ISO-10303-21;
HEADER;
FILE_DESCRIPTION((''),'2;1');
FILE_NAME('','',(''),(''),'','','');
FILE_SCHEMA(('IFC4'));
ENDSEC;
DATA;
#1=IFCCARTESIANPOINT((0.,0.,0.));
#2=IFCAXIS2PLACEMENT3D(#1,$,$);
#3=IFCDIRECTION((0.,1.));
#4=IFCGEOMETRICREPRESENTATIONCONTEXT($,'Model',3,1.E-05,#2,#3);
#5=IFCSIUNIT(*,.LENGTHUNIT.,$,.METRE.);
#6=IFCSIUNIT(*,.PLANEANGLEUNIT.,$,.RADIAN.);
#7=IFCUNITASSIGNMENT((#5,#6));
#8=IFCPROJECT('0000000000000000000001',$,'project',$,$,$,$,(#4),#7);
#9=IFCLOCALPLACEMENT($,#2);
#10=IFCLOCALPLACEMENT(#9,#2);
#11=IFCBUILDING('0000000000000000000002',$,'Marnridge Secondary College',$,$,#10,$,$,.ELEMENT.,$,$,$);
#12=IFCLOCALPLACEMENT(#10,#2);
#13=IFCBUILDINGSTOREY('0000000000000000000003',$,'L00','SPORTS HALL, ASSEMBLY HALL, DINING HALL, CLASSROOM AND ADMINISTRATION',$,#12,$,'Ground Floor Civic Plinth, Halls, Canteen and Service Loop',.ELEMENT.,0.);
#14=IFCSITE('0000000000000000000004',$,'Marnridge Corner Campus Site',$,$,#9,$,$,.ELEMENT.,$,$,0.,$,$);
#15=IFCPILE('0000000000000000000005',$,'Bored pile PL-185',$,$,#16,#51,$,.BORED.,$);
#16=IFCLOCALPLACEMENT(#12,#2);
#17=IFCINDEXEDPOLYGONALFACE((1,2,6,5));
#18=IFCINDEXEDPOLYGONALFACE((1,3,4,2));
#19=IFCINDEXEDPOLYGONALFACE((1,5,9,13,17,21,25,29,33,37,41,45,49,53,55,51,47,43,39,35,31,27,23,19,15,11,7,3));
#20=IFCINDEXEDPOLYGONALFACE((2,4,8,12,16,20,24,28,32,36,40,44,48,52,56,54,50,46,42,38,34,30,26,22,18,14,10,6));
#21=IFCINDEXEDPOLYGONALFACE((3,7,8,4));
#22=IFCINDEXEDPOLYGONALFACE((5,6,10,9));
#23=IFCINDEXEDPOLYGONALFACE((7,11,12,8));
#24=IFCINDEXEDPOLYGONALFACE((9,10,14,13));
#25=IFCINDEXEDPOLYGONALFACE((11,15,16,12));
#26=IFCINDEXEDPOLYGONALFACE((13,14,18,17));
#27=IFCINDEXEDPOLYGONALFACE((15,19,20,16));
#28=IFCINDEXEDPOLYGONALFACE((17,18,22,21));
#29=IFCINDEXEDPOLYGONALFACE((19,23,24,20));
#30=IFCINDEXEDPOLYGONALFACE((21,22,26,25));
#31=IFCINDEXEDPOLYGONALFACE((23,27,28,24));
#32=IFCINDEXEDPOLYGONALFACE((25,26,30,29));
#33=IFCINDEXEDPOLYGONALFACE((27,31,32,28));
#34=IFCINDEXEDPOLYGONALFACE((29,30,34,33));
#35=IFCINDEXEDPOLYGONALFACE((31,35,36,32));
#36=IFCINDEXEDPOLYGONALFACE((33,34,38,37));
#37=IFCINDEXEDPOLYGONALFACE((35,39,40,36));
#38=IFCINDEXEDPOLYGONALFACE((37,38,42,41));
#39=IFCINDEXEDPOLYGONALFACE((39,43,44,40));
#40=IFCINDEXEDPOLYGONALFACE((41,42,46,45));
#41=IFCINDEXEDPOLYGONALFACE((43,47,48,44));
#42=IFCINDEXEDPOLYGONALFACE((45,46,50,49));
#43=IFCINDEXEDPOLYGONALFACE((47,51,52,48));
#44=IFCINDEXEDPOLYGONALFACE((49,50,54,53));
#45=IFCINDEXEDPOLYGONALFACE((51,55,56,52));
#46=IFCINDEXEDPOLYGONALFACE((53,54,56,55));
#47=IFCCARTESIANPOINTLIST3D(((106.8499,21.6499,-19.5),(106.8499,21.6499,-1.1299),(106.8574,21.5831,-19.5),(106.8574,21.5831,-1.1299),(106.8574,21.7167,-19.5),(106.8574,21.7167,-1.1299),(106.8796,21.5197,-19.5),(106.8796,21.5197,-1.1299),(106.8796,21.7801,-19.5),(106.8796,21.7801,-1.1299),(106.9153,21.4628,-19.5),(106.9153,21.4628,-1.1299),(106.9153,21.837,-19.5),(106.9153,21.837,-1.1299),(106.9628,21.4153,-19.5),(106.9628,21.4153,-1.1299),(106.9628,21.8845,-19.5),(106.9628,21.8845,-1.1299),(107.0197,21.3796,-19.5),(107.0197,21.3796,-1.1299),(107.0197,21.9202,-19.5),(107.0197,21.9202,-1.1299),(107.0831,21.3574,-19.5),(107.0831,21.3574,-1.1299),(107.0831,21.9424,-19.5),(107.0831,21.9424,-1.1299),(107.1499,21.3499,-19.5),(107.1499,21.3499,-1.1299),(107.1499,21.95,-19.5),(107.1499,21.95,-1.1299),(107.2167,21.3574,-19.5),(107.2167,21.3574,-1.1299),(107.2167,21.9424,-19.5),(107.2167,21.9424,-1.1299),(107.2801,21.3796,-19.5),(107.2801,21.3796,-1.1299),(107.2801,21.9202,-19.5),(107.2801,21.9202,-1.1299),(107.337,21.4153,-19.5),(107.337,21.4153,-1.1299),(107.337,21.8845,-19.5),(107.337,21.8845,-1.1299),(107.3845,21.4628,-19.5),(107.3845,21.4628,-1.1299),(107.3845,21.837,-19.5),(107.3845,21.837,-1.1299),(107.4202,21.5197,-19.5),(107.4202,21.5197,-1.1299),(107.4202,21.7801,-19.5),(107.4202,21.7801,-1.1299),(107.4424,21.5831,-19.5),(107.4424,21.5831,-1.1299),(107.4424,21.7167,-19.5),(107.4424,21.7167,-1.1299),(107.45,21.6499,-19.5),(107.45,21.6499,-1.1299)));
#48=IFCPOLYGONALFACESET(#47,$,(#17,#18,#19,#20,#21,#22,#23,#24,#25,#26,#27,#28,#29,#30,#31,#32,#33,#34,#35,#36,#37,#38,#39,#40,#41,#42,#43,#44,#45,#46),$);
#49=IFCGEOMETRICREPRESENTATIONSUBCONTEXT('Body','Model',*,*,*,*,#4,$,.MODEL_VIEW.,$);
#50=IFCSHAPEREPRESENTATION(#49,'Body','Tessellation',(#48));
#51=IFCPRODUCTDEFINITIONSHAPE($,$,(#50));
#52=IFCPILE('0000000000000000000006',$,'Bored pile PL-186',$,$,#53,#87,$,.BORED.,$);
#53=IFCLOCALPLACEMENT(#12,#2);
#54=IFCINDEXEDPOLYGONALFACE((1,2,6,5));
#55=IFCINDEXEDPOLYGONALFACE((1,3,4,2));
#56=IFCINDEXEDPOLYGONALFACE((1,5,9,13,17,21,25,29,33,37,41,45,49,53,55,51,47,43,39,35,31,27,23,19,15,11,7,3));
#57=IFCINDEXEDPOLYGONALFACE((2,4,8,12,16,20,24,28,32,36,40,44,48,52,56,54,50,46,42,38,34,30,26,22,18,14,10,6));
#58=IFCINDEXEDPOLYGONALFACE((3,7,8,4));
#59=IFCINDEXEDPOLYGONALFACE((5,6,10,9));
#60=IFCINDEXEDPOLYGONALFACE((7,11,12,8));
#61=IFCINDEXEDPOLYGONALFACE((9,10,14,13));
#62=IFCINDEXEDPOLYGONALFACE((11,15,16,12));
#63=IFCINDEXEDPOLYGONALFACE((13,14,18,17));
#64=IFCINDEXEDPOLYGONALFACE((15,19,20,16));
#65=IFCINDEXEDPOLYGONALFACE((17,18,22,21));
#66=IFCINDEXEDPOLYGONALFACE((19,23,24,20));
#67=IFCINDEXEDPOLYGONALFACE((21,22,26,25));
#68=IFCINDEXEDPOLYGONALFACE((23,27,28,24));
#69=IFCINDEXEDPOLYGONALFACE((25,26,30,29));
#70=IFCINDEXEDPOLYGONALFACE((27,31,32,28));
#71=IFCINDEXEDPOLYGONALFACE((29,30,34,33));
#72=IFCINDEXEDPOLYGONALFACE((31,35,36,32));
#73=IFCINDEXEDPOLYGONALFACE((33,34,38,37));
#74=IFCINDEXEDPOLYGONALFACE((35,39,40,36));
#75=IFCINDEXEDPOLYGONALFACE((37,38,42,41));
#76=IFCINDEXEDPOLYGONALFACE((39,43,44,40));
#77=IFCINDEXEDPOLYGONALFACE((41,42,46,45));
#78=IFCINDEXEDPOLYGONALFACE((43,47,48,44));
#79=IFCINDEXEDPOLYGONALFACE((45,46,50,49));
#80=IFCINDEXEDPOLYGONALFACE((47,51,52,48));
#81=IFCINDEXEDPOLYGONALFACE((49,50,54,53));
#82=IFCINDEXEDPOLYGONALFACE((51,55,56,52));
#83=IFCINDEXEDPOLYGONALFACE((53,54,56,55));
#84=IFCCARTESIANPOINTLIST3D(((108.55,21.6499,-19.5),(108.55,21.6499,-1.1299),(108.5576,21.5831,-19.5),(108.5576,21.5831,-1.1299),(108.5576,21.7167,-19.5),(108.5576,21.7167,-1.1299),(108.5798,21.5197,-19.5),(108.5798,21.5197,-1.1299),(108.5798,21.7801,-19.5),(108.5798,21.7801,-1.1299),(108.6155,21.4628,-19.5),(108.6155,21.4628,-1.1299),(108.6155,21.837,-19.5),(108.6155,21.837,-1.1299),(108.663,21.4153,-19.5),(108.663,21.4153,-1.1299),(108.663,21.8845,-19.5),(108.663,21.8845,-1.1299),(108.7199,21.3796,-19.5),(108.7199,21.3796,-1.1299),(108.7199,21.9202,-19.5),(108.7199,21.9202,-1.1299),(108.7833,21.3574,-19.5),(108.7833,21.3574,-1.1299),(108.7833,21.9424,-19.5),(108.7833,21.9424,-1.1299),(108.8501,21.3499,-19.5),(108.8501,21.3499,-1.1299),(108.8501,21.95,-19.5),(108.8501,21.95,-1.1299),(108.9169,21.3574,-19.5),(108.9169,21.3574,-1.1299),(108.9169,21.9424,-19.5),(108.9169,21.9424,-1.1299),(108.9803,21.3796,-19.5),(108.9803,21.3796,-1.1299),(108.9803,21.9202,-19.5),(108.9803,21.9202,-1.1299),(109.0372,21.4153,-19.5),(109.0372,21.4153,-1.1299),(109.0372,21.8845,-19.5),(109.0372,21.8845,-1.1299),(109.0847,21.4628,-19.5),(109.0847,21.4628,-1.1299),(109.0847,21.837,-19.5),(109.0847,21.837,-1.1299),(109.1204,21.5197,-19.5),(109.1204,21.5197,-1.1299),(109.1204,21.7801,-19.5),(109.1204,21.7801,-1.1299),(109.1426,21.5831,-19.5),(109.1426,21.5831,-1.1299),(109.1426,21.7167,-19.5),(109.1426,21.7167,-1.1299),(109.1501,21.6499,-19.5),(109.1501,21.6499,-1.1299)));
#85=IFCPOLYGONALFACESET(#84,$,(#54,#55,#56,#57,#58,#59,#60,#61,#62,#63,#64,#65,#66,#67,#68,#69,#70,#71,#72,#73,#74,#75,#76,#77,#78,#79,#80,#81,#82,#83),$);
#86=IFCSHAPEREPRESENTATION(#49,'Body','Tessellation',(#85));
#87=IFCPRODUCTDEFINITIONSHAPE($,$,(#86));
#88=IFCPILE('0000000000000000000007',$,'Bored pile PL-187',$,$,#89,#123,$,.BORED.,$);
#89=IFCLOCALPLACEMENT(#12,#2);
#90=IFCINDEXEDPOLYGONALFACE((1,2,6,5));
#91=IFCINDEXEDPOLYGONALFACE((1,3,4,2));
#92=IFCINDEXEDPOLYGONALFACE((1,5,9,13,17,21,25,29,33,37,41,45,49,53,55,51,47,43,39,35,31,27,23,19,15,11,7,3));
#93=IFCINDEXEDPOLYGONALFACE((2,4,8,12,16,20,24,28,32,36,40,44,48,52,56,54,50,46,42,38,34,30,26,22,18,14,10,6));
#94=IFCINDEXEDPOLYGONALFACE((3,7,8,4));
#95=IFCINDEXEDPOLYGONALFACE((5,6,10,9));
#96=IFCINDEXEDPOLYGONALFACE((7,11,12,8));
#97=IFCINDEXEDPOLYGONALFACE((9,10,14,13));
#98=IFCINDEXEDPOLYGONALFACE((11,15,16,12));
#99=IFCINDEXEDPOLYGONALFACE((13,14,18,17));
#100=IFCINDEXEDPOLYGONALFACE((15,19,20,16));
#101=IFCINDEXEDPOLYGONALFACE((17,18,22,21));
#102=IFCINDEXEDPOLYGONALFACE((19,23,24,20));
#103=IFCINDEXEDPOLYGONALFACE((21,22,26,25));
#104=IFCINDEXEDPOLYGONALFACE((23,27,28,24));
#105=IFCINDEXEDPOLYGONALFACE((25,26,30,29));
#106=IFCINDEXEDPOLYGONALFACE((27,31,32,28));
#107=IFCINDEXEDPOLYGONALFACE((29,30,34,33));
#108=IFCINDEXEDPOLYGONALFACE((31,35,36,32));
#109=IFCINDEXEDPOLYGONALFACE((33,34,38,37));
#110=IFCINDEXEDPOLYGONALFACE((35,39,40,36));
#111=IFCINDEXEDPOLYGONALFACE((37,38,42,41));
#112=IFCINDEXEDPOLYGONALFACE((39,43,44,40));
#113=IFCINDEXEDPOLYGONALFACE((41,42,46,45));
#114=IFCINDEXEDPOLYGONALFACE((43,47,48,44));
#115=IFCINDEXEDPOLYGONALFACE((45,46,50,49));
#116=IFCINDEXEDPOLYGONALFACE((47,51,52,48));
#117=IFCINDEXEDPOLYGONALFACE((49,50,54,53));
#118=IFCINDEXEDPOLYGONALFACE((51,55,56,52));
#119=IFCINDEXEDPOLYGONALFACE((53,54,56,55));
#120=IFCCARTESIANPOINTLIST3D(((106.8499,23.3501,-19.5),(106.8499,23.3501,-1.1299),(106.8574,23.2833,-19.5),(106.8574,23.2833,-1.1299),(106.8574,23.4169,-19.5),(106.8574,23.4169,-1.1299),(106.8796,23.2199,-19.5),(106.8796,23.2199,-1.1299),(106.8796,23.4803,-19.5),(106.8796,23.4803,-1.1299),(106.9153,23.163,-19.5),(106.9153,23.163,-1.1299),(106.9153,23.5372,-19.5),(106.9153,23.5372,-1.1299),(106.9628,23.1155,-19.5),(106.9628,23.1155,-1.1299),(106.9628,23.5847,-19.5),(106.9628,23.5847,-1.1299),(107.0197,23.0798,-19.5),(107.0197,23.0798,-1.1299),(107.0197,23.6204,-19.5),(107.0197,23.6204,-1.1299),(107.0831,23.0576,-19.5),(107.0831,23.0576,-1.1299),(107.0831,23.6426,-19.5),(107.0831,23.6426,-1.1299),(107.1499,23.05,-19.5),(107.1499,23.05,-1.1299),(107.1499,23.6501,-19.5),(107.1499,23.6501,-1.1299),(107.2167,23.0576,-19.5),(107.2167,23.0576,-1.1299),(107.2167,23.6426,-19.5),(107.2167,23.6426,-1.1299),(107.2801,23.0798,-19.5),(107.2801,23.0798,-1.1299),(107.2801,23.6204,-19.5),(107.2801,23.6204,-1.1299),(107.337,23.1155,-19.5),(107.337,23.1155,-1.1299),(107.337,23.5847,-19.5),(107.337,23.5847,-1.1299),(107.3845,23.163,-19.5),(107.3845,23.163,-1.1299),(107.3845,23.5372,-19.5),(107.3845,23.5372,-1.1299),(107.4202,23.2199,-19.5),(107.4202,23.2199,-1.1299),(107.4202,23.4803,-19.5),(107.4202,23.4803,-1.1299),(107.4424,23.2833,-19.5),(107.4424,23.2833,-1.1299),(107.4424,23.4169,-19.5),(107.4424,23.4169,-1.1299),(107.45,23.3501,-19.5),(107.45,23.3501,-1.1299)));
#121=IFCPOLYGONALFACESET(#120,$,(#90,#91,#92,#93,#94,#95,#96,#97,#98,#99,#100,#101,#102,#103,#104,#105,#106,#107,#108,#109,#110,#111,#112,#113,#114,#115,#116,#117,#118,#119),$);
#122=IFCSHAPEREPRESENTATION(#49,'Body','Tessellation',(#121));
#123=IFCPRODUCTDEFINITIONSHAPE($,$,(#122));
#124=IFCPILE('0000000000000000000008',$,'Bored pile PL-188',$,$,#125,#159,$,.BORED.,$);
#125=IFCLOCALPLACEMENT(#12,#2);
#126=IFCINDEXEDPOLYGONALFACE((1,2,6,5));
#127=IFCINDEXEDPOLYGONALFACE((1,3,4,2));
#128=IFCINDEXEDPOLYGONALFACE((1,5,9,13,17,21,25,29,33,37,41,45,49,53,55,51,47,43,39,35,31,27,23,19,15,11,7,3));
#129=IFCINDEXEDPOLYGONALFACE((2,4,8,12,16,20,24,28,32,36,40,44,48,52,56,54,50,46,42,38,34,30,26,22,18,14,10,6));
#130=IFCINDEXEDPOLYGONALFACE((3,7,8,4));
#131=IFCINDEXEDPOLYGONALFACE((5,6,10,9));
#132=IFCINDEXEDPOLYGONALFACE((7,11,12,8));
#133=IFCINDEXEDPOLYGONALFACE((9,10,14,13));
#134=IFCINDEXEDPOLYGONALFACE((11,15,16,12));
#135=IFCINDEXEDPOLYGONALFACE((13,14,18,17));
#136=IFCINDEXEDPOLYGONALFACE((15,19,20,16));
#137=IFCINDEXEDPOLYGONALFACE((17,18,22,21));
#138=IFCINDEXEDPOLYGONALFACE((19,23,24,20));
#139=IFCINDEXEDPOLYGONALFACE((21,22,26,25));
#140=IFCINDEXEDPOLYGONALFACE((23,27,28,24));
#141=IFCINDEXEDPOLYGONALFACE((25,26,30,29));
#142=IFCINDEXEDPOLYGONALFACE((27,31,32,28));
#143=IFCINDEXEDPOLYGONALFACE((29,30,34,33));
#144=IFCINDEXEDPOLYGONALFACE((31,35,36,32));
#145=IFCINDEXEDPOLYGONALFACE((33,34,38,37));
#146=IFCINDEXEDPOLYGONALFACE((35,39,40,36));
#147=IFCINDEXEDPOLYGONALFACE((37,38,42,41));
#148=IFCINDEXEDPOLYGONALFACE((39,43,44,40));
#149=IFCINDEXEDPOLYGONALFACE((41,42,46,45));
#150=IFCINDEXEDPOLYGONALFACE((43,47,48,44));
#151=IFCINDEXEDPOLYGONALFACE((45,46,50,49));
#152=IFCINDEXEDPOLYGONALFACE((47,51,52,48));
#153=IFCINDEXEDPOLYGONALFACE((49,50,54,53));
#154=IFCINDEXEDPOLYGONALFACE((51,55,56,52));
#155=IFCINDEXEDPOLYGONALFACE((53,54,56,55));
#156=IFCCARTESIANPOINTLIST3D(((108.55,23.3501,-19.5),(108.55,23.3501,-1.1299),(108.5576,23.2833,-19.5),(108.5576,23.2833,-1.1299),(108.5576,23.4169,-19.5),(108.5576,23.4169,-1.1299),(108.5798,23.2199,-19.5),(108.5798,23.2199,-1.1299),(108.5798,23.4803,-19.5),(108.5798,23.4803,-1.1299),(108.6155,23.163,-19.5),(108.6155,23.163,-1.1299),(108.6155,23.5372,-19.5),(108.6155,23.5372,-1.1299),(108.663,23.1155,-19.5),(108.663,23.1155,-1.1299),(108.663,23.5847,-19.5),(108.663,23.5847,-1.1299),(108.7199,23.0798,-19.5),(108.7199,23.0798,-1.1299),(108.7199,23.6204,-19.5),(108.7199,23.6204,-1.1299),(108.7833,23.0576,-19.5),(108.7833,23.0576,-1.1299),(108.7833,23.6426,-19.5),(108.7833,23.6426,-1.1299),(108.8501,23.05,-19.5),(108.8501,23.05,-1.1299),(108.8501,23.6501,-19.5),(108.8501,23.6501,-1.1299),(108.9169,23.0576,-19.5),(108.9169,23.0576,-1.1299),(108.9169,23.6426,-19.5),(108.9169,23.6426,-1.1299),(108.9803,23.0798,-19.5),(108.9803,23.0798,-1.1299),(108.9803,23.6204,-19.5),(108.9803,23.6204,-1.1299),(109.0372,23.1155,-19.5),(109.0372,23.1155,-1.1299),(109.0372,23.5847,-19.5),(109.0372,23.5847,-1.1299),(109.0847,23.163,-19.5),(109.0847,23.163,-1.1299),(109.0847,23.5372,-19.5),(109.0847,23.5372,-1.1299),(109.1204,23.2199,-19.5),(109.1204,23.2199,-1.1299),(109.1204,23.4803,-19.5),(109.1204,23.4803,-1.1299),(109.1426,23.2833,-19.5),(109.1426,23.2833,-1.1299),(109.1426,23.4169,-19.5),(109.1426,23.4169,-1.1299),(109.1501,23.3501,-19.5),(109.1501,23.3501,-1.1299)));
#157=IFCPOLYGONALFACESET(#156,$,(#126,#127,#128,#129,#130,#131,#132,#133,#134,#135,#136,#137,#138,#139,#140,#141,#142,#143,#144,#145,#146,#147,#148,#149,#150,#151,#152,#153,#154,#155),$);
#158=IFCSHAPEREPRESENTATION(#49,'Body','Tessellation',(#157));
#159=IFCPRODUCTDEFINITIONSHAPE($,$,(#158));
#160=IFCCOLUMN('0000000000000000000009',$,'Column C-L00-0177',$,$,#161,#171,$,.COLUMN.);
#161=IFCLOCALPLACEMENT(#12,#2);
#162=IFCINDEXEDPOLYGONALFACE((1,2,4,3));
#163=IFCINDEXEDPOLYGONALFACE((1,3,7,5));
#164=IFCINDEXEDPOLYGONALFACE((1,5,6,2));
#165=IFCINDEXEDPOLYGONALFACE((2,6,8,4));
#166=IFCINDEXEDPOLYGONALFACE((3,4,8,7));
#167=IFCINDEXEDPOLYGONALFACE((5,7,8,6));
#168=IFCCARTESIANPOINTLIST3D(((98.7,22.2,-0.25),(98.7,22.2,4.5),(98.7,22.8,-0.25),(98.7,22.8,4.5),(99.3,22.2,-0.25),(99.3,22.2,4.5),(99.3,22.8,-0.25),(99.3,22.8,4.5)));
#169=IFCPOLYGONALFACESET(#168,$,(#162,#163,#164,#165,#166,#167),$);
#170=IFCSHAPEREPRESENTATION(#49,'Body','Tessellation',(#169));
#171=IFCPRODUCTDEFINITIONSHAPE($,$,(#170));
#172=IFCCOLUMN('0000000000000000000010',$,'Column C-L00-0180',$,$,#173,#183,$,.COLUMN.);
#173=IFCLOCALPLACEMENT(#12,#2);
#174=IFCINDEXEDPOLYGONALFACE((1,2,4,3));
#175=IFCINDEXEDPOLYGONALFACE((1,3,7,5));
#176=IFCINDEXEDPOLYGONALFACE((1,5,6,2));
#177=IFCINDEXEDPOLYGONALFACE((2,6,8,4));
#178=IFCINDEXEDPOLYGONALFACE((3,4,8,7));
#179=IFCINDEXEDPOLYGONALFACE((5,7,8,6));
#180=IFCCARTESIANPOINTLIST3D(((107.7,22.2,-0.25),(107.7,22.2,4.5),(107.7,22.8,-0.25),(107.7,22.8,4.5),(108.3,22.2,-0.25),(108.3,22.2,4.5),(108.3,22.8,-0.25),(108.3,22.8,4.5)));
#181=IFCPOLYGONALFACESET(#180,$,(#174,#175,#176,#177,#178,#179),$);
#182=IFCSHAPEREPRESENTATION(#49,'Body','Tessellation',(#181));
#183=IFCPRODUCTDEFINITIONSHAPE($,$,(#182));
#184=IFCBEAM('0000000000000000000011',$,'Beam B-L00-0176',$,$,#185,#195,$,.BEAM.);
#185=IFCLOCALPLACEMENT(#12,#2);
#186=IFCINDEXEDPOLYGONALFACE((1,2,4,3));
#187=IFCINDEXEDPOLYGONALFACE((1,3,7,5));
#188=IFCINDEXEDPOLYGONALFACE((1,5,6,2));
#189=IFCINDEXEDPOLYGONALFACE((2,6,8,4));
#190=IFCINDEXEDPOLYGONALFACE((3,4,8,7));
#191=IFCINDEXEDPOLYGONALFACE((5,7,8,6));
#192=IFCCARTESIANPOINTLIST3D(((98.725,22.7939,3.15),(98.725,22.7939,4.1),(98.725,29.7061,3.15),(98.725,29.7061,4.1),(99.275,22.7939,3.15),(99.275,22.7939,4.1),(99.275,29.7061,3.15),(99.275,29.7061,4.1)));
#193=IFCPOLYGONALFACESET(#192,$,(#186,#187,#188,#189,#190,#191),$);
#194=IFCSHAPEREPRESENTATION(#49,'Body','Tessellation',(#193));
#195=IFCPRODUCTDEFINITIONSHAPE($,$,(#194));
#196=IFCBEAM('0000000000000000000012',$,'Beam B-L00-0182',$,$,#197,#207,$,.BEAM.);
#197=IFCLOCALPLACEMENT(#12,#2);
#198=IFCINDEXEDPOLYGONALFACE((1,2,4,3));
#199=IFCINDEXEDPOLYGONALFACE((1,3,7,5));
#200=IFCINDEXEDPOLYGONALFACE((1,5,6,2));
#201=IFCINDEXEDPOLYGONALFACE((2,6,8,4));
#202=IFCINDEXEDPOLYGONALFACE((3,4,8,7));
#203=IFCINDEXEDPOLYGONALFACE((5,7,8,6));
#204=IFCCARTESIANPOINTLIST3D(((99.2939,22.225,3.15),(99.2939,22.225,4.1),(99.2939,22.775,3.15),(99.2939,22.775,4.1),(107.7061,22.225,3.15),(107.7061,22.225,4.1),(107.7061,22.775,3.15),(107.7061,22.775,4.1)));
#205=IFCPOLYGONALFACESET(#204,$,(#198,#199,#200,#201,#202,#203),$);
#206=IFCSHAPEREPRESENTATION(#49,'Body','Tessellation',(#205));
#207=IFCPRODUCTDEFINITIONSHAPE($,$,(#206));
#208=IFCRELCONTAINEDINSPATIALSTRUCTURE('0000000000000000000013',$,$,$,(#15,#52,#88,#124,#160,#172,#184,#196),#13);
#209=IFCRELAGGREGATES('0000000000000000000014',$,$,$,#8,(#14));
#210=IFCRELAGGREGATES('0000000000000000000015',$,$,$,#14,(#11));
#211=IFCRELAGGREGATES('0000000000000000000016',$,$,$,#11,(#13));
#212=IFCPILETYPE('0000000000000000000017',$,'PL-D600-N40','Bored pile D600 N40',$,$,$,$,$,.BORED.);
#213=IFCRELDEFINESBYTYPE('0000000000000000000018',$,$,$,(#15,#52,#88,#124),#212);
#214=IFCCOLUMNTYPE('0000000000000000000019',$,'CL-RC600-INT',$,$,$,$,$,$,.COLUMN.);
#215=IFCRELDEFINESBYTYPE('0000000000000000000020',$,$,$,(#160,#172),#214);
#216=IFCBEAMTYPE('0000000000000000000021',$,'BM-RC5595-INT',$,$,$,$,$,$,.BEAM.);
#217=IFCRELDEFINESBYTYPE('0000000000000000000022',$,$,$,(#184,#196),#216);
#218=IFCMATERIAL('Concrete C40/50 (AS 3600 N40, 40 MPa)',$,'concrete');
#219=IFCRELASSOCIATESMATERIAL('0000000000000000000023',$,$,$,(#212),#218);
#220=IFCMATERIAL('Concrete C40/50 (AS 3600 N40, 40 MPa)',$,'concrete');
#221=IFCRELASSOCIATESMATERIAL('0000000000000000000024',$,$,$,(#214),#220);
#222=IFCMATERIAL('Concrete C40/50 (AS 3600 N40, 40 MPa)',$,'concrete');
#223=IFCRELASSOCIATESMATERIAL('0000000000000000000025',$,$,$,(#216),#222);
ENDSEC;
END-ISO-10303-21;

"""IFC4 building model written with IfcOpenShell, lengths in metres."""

from ifc_helpers import new_model, si_unit, direction, frame, origin, origin_2d, place, context, subcontext, project, spatial, rectangle, circle, extrude, material, material_profile, profile_set, type_object, element, save


model = new_model("IFC4")

# Units and contexts
model_context = context("Model", 3, precision=1e-05, world=origin(), true_north=direction((0.0, 1.0)))
body_context = subcontext(model_context, "Body", "Model", "MODEL_VIEW")
ifc_project = project(units=[si_unit("LENGTHUNIT", "METRE"), si_unit("PLANEANGLEUNIT", "RADIAN")], contexts=[model_context])

# Site, building, storey
site_placement = place(None, origin())
site = spatial("IfcSite", under=ifc_project, at=site_placement, Name="Marnridge Corner Campus Site", CompositionType="ELEMENT", RefElevation=0.0)
building_placement = place(site_placement, origin())
building = spatial("IfcBuilding", under=site, at=building_placement, Name="Marnridge Secondary College", CompositionType="ELEMENT")
storey_placement = place(building_placement, origin())
storey = spatial("IfcBuildingStorey", under=building, at=storey_placement, Name="L00", Description="SPORTS HALL, ASSEMBLY HALL, DINING HALL, CLASSROOM AND ADMINISTRATION", LongName="Ground Floor Civic Plinth, Halls, Canteen and Service Loop", CompositionType="ELEMENT", Elevation=0.0)

# Piles
ifc_material_1 = material(Name="Concrete C40/50 (AS 3600 N40, 40 MPa)", Category="concrete")
ifc_material_profile_1 = material_profile(ifc_material_1, circle(Radius=0.3, at=origin_2d()), Name="PILE D600")
ifc_profile_set_1 = profile_set([ifc_material_profile_1], Name="Concrete C40/50 (AS 3600 N40, 40 MPa)")
pile_type = type_object("IfcPileType", Name="PL-D600-N40", Description="Bored pile D600 N40", PredefinedType="BORED", material=ifc_profile_set_1)
for number, where, z_axis, x_axis, name in (
    (1, (107.1499, 21.6499, -1.1299), (0.0, 0.0, -1.0), (1.0, 0.0, 0.0), "Bored pile PL-185"),
    (2, (108.8501, 21.6499, -1.1299), (0.0, 0.0, -1.0), (1.0, 0.0, 0.0), "Bored pile PL-186"),
    (3, (107.1499, 23.3501, -1.1299), (0.0, 0.0, -1.0), (1.0, 0.0, 0.0), "Bored pile PL-187"),
    (4, (108.8501, 23.3501, -1.1299), (0.0, 0.0, -1.0), (1.0, 0.0, 0.0), "Bored pile PL-188"),
):
    element("IfcPile", number, at=place(storey_placement, frame(where, z_axis=z_axis, x_axis=x_axis)), inside=storey, type_object=pile_type, Name=name, PredefinedType="BORED", context=body_context, shape_type="SweptSolid", body=[
        extrude(circle(Radius=0.3, at=origin_2d()), origin(), (0.0, 0.0, 1.0), 18.3701),
    ])

# Columns
ifc_material_2 = material(Name="Concrete C40/50 (AS 3600 N40, 40 MPa)", Category="concrete")
ifc_material_profile_2 = material_profile(ifc_material_2, rectangle(XDim=0.6001, YDim=0.6001, at=origin_2d()), Name="RC 600x600")
ifc_profile_set_2 = profile_set([ifc_material_profile_2], Name="Concrete C40/50 (AS 3600 N40, 40 MPa)")
column_type = type_object("IfcColumnType", Name="CL-RC600-INT", PredefinedType="COLUMN", material=ifc_profile_set_2)
for number, where, z_axis, x_axis, name in (
    (5, (99.0, 22.5, -0.25), (0.0, 0.0, 1.0), (1.0, 0.0, 0.0), "Column C-L00-0177"),
    (6, (108.0, 22.5, -0.25), (0.0, 0.0, 1.0), (1.0, 0.0, 0.0), "Column C-L00-0180"),
):
    element("IfcColumn", number, at=place(storey_placement, frame(where, z_axis=z_axis, x_axis=x_axis)), inside=storey, type_object=column_type, Name=name, PredefinedType="COLUMN", context=body_context, shape_type="SweptSolid", body=[
        extrude(rectangle(XDim=0.6001, YDim=0.6001, at=origin_2d()), origin(), (0.0, 0.0, 1.0), 4.75),
    ])

# Beams
ifc_material_3 = material(Name="Concrete C40/50 (AS 3600 N40, 40 MPa)", Category="concrete")
ifc_material_profile_3 = material_profile(ifc_material_3, rectangle(XDim=0.55, YDim=0.95, at=origin_2d()), Name="RC 550x950")
ifc_profile_set_3 = profile_set([ifc_material_profile_3], Name="Concrete C40/50 (AS 3600 N40, 40 MPa)")
beam_type_1 = type_object("IfcBeamType", Name="BM-RC5595-INT", PredefinedType="BEAM", material=ifc_profile_set_3)
beam_1_placement = place(storey_placement, frame((99.0, 22.7939, 3.625), z_axis=(0.0, 1.0, 0.0), x_axis=(-1.0, 0.0, 0.0)))
element("IfcBeam", 7, at=beam_1_placement, inside=storey, type_object=beam_type_1, Name="Beam B-L00-0176", PredefinedType="BEAM", context=body_context, shape_type="SweptSolid", body=[
    extrude(rectangle(XDim=0.55, YDim=0.95, at=origin_2d()), origin(), (0.0, 0.0, 1.0), 6.9121),
])
beam_2_placement = place(storey_placement, frame((99.2939, 22.5, 3.625), z_axis=(1.0, 0.0, 0.0), x_axis=(0.0, 1.0, 0.0)))
element("IfcBeam", 8, at=beam_2_placement, inside=storey, type_object=beam_type_1, Name="Beam B-L00-0182", PredefinedType="BEAM", context=body_context, shape_type="SweptSolid", body=[
    extrude(rectangle(XDim=0.55, YDim=0.95, at=origin_2d()), origin(), (0.0, 0.0, 1.0), 8.4121),
])

save(model, "model.ifc")
